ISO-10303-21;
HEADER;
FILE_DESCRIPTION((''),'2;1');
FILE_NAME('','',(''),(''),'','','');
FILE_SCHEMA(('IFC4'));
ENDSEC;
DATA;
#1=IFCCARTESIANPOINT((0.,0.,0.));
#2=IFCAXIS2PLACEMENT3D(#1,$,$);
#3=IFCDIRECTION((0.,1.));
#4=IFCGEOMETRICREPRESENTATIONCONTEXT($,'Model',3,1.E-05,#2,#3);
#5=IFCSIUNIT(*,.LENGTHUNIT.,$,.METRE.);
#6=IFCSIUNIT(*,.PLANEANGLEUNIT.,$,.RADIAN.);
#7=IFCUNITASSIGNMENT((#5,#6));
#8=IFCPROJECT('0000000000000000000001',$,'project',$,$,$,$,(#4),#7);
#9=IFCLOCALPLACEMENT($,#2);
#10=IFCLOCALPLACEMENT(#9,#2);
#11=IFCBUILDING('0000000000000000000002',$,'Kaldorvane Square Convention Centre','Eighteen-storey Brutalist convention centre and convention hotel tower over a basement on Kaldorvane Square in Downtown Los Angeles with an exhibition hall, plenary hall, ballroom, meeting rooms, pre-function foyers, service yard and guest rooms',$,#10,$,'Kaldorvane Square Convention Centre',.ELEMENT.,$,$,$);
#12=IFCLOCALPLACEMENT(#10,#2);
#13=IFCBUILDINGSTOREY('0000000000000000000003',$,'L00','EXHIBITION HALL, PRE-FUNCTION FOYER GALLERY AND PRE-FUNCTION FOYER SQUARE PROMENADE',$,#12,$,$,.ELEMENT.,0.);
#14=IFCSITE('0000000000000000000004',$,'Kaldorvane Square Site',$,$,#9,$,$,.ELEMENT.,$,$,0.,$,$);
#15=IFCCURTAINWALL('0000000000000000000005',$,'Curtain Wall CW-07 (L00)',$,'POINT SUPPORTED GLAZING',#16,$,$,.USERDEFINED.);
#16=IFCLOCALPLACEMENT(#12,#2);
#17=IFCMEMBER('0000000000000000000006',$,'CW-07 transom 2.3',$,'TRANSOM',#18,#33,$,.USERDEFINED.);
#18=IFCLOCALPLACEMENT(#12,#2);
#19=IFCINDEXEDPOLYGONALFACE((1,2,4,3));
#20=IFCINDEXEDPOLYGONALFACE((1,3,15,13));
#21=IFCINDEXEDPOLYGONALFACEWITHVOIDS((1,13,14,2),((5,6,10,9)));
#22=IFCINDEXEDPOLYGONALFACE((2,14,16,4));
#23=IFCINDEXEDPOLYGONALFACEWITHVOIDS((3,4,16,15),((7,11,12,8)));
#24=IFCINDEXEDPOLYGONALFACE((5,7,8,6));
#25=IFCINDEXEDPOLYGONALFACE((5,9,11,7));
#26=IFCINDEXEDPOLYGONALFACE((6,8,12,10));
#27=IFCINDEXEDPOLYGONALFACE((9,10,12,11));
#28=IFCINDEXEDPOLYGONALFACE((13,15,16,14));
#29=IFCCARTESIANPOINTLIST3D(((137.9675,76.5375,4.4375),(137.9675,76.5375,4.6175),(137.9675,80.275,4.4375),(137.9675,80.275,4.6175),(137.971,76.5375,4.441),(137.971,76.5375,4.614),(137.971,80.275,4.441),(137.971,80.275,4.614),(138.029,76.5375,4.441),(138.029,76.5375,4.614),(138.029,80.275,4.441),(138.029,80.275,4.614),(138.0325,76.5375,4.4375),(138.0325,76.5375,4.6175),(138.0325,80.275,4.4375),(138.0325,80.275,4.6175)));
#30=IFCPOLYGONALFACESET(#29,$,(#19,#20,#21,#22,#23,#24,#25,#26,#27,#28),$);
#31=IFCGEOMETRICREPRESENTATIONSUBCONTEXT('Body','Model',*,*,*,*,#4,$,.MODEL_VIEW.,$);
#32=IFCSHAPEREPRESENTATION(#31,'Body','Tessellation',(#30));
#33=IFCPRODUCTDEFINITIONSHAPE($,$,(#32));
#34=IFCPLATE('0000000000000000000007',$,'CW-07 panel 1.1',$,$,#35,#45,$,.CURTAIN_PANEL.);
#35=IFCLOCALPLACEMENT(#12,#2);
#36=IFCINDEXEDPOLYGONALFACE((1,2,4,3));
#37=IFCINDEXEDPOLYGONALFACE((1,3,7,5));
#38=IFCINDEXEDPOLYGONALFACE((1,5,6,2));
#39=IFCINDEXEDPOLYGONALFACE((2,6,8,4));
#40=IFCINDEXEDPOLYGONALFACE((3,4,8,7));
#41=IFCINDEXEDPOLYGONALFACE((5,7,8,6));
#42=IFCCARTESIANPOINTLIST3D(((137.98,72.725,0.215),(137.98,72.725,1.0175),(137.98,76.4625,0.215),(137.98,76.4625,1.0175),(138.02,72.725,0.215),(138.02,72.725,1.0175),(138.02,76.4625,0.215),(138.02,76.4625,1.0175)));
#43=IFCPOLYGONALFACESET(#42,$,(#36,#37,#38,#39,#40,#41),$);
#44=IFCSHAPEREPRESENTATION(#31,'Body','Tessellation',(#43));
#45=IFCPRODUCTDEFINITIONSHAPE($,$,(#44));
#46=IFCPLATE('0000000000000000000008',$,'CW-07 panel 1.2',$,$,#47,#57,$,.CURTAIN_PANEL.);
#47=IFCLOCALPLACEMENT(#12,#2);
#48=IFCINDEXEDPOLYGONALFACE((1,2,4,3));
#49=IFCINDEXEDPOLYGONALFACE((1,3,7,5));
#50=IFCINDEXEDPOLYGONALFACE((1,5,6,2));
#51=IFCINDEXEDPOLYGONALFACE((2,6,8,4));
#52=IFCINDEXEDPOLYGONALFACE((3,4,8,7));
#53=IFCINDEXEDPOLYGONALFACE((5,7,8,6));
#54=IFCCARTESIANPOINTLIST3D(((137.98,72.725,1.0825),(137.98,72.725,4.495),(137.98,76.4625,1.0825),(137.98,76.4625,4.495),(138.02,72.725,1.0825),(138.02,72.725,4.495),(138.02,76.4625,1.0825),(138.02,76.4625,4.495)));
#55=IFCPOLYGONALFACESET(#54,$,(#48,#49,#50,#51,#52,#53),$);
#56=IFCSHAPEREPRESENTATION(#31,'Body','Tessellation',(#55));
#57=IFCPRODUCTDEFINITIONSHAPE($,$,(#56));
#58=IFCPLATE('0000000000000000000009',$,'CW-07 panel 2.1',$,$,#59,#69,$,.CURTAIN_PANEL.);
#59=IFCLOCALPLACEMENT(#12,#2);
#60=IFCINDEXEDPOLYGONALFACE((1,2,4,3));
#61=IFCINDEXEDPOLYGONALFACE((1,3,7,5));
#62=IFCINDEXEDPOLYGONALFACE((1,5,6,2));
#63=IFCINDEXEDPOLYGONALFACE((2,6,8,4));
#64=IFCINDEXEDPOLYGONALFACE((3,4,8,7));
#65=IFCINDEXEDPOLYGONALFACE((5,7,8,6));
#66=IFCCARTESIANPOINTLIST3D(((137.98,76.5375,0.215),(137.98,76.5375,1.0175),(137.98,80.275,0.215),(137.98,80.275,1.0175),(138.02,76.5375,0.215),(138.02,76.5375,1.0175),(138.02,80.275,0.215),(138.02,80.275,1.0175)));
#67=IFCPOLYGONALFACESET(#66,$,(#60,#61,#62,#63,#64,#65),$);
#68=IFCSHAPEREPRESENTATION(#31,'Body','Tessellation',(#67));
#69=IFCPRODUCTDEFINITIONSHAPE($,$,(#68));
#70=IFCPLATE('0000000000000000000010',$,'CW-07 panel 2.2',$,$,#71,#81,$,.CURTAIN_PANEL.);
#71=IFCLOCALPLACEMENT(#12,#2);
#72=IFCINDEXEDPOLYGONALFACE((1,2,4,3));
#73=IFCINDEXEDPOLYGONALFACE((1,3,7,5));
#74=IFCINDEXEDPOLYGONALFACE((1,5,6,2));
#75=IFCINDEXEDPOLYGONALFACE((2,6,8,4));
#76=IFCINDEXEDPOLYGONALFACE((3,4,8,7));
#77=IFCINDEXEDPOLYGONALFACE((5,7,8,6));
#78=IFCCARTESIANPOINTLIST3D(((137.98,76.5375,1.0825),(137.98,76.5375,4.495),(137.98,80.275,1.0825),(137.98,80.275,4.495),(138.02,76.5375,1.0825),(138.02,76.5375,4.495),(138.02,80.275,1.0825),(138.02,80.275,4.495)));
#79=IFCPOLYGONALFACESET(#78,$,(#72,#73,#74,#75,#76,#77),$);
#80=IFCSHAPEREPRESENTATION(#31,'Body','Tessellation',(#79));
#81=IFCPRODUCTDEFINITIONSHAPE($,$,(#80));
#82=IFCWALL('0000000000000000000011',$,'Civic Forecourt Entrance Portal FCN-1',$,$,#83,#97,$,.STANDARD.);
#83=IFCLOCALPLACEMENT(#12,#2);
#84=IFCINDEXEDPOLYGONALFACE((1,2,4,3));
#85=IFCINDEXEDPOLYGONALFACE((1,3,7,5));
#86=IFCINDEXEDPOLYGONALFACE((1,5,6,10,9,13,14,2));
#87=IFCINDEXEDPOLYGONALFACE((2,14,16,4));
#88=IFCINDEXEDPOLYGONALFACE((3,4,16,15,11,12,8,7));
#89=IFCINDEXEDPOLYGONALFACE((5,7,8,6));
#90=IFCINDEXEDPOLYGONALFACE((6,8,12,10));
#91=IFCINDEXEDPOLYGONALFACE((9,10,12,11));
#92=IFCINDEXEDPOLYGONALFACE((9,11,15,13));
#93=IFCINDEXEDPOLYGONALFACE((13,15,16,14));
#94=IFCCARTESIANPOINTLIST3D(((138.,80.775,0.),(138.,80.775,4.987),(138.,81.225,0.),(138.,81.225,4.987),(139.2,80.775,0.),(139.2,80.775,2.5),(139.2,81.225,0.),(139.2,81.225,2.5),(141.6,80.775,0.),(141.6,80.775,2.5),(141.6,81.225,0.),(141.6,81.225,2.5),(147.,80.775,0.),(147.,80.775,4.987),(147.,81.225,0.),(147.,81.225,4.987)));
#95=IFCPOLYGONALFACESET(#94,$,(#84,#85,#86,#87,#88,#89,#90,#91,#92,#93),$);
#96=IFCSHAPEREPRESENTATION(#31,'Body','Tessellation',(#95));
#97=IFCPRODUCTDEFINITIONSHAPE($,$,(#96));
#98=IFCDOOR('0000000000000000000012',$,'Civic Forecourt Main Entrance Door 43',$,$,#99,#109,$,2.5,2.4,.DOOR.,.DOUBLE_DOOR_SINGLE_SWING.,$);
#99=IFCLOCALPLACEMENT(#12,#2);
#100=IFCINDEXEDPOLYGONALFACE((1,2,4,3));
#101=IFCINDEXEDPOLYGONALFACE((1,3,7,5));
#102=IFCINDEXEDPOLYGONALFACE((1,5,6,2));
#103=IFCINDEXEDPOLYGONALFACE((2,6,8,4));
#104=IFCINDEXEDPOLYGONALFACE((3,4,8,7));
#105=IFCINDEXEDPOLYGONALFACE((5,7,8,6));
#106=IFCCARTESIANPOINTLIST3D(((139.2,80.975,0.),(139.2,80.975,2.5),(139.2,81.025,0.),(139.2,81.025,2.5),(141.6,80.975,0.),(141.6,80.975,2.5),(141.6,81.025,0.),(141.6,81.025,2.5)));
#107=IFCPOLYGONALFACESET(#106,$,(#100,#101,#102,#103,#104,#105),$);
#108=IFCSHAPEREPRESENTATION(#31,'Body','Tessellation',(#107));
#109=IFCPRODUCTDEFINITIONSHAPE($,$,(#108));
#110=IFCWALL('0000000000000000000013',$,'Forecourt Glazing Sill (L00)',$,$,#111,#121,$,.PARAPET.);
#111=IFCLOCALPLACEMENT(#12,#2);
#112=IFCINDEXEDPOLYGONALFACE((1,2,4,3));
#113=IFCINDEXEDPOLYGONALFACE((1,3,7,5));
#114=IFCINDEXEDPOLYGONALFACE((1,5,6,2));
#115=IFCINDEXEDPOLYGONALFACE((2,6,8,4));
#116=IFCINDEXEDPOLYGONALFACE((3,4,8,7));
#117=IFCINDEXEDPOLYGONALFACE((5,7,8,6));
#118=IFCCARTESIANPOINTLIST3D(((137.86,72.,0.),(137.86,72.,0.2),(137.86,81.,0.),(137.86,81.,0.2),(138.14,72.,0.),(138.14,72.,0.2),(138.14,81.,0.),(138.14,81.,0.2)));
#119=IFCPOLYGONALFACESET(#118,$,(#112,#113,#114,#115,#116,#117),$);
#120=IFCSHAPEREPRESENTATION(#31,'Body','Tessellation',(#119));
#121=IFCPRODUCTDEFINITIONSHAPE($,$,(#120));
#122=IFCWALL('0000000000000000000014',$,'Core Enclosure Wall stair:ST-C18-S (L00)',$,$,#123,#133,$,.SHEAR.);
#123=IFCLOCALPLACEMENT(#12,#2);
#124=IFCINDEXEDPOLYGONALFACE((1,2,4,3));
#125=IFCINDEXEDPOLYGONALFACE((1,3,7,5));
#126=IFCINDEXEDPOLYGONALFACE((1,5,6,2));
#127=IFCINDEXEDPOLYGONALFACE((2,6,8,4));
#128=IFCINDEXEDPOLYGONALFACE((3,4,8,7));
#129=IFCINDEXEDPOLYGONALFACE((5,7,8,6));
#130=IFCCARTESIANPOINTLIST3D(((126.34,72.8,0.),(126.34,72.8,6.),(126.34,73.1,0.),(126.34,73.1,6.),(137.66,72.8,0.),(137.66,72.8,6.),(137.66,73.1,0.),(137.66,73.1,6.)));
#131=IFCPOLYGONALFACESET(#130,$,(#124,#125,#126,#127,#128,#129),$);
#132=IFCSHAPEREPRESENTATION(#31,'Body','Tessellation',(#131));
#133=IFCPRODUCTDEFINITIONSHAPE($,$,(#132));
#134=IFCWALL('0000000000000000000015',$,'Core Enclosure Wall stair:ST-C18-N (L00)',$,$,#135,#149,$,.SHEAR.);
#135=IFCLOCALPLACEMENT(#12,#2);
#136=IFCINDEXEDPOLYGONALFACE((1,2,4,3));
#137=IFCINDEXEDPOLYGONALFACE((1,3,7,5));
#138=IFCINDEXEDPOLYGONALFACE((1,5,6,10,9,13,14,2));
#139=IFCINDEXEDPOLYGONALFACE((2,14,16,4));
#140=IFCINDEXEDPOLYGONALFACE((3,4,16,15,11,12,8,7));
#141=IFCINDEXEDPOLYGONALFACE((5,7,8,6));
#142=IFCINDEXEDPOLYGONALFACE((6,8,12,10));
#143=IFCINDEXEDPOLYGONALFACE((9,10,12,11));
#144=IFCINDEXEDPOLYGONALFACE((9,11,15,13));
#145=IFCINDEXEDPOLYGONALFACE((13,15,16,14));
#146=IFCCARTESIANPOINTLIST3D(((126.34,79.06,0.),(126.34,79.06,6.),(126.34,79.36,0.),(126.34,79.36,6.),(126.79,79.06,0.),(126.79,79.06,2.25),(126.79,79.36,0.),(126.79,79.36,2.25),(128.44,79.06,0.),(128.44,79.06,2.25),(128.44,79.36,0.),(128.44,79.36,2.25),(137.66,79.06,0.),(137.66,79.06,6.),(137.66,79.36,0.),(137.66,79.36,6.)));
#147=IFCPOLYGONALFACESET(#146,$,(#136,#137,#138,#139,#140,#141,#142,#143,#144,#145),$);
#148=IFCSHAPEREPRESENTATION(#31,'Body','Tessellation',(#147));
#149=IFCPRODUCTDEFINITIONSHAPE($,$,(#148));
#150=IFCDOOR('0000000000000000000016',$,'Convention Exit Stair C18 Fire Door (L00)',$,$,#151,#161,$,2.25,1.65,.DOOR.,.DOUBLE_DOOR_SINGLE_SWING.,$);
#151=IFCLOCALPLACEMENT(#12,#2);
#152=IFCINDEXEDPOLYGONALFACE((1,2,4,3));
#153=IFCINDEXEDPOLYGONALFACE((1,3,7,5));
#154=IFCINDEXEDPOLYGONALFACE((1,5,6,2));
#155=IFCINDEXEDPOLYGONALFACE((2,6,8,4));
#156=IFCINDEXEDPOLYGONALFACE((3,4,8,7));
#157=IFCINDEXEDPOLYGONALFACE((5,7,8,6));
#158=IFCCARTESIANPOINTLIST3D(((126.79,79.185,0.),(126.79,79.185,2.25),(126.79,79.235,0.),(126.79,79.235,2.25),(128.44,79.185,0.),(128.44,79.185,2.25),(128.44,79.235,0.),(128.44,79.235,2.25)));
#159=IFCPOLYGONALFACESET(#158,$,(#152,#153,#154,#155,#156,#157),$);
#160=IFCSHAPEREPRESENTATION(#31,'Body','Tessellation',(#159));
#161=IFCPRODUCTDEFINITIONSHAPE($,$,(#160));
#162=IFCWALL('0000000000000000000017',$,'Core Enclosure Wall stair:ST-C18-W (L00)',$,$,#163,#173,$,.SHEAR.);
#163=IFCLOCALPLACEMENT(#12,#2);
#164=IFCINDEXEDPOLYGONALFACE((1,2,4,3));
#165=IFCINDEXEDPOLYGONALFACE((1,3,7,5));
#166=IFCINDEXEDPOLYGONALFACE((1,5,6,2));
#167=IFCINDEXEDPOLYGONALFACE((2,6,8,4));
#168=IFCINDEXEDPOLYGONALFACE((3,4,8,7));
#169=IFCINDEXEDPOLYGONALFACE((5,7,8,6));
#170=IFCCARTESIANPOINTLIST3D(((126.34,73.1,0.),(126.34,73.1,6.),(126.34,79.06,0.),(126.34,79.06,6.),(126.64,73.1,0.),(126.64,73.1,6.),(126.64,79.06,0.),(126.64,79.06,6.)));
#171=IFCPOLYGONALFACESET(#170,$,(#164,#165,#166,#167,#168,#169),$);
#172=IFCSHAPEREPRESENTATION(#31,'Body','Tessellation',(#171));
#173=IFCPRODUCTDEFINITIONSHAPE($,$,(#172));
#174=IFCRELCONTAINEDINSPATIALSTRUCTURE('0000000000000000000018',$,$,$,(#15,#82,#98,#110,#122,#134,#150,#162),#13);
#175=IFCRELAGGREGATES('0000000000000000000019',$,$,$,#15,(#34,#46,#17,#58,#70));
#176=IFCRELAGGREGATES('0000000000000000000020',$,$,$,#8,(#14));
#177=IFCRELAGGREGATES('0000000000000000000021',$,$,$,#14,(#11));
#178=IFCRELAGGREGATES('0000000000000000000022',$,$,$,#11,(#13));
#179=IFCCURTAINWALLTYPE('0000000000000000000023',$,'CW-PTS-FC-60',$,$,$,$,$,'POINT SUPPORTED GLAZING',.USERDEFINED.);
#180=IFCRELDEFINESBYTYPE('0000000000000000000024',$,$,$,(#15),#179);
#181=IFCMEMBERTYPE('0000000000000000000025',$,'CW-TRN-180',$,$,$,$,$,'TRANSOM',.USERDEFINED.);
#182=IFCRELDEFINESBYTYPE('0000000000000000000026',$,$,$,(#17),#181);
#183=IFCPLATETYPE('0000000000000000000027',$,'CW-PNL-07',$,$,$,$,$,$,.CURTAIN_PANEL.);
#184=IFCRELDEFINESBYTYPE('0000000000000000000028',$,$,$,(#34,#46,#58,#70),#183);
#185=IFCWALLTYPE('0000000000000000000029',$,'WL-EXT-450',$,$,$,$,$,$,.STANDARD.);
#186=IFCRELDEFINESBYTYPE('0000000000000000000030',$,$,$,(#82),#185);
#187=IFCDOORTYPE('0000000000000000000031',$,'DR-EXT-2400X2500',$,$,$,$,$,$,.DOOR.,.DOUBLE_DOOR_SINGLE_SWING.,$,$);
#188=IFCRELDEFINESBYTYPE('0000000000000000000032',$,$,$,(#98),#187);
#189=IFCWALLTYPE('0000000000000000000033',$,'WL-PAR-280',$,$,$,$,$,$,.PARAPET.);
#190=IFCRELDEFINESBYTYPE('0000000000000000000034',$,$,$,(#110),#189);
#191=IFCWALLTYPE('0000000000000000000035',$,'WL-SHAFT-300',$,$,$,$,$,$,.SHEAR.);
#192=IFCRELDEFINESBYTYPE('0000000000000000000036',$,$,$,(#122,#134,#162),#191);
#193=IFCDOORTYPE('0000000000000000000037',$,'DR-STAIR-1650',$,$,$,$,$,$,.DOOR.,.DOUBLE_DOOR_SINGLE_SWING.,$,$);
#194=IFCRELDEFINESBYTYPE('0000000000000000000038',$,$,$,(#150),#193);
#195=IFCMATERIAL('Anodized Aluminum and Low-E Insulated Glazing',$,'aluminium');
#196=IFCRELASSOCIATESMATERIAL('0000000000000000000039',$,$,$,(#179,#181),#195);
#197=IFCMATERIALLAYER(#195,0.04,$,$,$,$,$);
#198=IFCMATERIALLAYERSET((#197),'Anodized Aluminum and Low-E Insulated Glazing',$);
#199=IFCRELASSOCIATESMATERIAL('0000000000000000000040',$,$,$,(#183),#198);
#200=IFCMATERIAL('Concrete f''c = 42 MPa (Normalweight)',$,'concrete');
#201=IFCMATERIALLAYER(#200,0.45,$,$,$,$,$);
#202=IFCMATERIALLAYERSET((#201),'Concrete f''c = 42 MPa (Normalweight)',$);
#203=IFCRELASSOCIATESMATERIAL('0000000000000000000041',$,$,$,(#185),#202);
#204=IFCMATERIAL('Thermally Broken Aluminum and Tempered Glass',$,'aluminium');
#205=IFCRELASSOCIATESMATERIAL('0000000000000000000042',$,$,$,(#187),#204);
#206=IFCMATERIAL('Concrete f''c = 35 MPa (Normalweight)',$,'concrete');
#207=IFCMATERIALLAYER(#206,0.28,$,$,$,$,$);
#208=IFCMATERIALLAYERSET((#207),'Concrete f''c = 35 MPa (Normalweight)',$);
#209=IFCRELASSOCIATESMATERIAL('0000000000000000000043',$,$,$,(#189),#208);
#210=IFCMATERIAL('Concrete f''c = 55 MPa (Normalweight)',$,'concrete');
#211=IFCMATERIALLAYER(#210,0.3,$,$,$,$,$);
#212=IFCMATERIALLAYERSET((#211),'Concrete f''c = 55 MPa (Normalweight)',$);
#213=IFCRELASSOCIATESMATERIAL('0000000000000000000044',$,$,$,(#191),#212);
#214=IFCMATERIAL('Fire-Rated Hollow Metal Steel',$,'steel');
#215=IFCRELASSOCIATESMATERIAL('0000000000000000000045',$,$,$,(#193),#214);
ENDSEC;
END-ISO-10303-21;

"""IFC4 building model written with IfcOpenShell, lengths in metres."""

from ifc_helpers import new_model, si_unit, direction, frame, frame_2d, origin, origin_2d, place, context, subcontext, project, spatial, rectangle, hollow_rectangle, extrude, material, layer, layer_set, material_profile, profile_set, type_object, element, fill, aggregate, save


model = new_model("IFC4")

# Units and contexts
model_context = context("Model", 3, precision=1e-05, world=origin(), true_north=direction((0.0, 1.0)))
body_context = subcontext(model_context, "Body", "Model", "MODEL_VIEW")
ifc_project = project(units=[si_unit("LENGTHUNIT", "METRE"), si_unit("PLANEANGLEUNIT", "RADIAN")], contexts=[model_context])

# Site, building, storey
site_placement = place(None, origin())
site = spatial("IfcSite", under=ifc_project, at=site_placement, Name="Kaldorvane Square Site", CompositionType="ELEMENT", RefElevation=0.0)
building_placement = place(site_placement, origin())
building = spatial("IfcBuilding", under=site, at=building_placement, Name="Kaldorvane Square Convention Centre", Description="Eighteen-storey Brutalist convention centre and convention hotel tower over a basement on Kaldorvane Square in Downtown Los Angeles with an exhibition hall, plenary hall, ballroom, meeting rooms, pre-function foyers, service yard and guest rooms", LongName="Kaldorvane Square Convention Centre", CompositionType="ELEMENT")
storey_placement = place(building_placement, origin())
storey = spatial("IfcBuildingStorey", under=building, at=storey_placement, Name="L00", Description="EXHIBITION HALL, PRE-FUNCTION FOYER GALLERY AND PRE-FUNCTION FOYER SQUARE PROMENADE", CompositionType="ELEMENT", Elevation=0.0)

# Curtain wall, member, plates
ifc_material_1 = material(Name="Anodized Aluminum and Low-E Insulated Glazing", Category="aluminium")
curtain_wall_type = type_object("IfcCurtainWallType", Name="CW-PTS-FC-60", ElementType="POINT SUPPORTED GLAZING", PredefinedType="USERDEFINED", material=ifc_material_1)
curtain_wall_placement = place(storey_placement, origin())
curtain_wall = element("IfcCurtainWall", 1, at=curtain_wall_placement, inside=storey, type_object=curtain_wall_type, Name="Curtain Wall CW-07 (L00)", ObjectType="POINT SUPPORTED GLAZING", PredefinedType="USERDEFINED")
ifc_material_profile_1 = material_profile(ifc_material_1, hollow_rectangle(XDim=0.065, YDim=0.18, WallThickness=0.0035, at=origin_2d()), Name="CWT-180X65")
ifc_profile_set_1 = profile_set([ifc_material_profile_1], Name="Anodized Aluminum and Low-E Insulated Glazing")
member_type_1 = type_object("IfcMemberType", Name="CW-TRN-180", ElementType="TRANSOM", PredefinedType="USERDEFINED", material=ifc_profile_set_1)
member_1_placement = place(storey_placement, frame((138.0, 76.5375, 4.5275), z_axis=(0.0, 1.0, 0.0), x_axis=(-1.0, 0.0, 0.0)))
member_1 = element("IfcMember", 2, at=member_1_placement, type_object=member_type_1, Name="CW-07 transom 2.3", ObjectType="TRANSOM", PredefinedType="USERDEFINED", context=body_context, shape_type="SweptSolid", body=[
    extrude(hollow_rectangle(XDim=0.065, YDim=0.18, WallThickness=0.0035, at=origin_2d()), origin(), (0.0, 0.0, 1.0), 3.7375),
])
ifc_layer_1 = layer(ifc_material_1, 0.04)
ifc_layer_set_1 = layer_set([ifc_layer_1], Name="Anodized Aluminum and Low-E Insulated Glazing")
plate_type = type_object("IfcPlateType", Name="CW-PNL-07", PredefinedType="CURTAIN_PANEL", material=ifc_layer_set_1)
plate_1_placement = place(storey_placement, frame((138.0, 74.5938, 0.215), z_axis=(0.0, 0.0, 1.0), x_axis=(0.0, 1.0, 0.0)))
plate_1 = element("IfcPlate", 3, at=plate_1_placement, type_object=plate_type, Name="CW-07 panel 1.1", PredefinedType="CURTAIN_PANEL", context=body_context, shape_type="SweptSolid", body=[
    extrude(rectangle(XDim=3.7375, YDim=0.04, at=origin_2d()), origin(), (0.0, 0.0, 1.0), 0.8025),
])
plate_2_placement = place(storey_placement, frame((138.0, 74.5938, 1.0825), z_axis=(0.0, 0.0, 1.0), x_axis=(0.0, 1.0, 0.0)))
plate_2 = element("IfcPlate", 4, at=plate_2_placement, type_object=plate_type, Name="CW-07 panel 1.2", PredefinedType="CURTAIN_PANEL", context=body_context, shape_type="SweptSolid", body=[
    extrude(rectangle(XDim=3.7375, YDim=0.04, at=origin_2d()), origin(), (0.0, 0.0, 1.0), 3.4125),
])
plate_3_placement = place(storey_placement, frame((138.0, 78.4062, 0.215), z_axis=(0.0, 0.0, 1.0), x_axis=(0.0, 1.0, 0.0)))
plate_3 = element("IfcPlate", 5, at=plate_3_placement, type_object=plate_type, Name="CW-07 panel 2.1", PredefinedType="CURTAIN_PANEL", context=body_context, shape_type="SweptSolid", body=[
    extrude(rectangle(XDim=3.7375, YDim=0.04, at=origin_2d()), origin(), (0.0, 0.0, 1.0), 0.8025),
])
plate_4_placement = place(storey_placement, frame((138.0, 78.4062, 1.0825), z_axis=(0.0, 0.0, 1.0), x_axis=(0.0, 1.0, 0.0)))
plate_4 = element("IfcPlate", 6, at=plate_4_placement, type_object=plate_type, Name="CW-07 panel 2.2", PredefinedType="CURTAIN_PANEL", context=body_context, shape_type="SweptSolid", body=[
    extrude(rectangle(XDim=3.7375, YDim=0.04, at=origin_2d()), origin(), (0.0, 0.0, 1.0), 3.4125),
])
aggregate(curtain_wall, [plate_1, plate_2, member_1, plate_3, plate_4])

# Wall, opening, door
ifc_material_2 = material(Name="Concrete f'c = 42 MPa (Normalweight)", Category="concrete")
ifc_layer_2 = layer(ifc_material_2, 0.45)
ifc_layer_set_2 = layer_set([ifc_layer_2], Name="Concrete f'c = 42 MPa (Normalweight)")
wall_type_1 = type_object("IfcWallType", Name="WL-EXT-450", PredefinedType="STANDARD", material=ifc_layer_set_2)
wall_1_placement = place(storey_placement, frame((138.0, 81.0, 0.0), z_axis=(0.0, 0.0, 1.0), x_axis=(1.0, 0.0, 0.0)))
wall_1 = element("IfcWall", 7, at=wall_1_placement, inside=storey, type_object=wall_type_1, Name="Civic Forecourt Entrance Portal FCN-1", PredefinedType="STANDARD", context=body_context, shape_type="SweptSolid", body=[
    extrude(rectangle(XDim=9.0, YDim=0.45, at=frame_2d((4.5, 0.0))), origin(), (0.0, 0.0, 1.0), 4.987),
])
opening_1_placement = place(wall_1_placement, frame((1.2, 0.0, 0.0)))
opening_1 = element("IfcOpeningElement", 8, at=opening_1_placement, cuts=wall_1, PredefinedType="OPENING", context=body_context, shape_type="SweptSolid", body=[
    extrude(rectangle(XDim=2.4, YDim=2.5, at=frame_2d((1.2, 1.25))), frame((0.0, 0.24, 0.0), z_axis=(0.0, -1.0, 0.0), x_axis=(1.0, 0.0, 0.0)), (0.0, 0.0, 1.0), 0.48),
])
ifc_material_3 = material(Name="Thermally Broken Aluminum and Tempered Glass", Category="aluminium")
door_type_1 = type_object("IfcDoorType", Name="DR-EXT-2400X2500", OperationType="DOUBLE_DOOR_SINGLE_SWING", PredefinedType="DOOR", material=ifc_material_3)
door_1_placement = place(opening_1_placement, origin())
door_1 = element("IfcDoor", 9, at=door_1_placement, inside=storey, type_object=door_type_1, Name="Civic Forecourt Main Entrance Door 43", OperationType="DOUBLE_DOOR_SINGLE_SWING", OverallHeight=2.5, OverallWidth=2.4, PredefinedType="DOOR", context=body_context, shape_type="SweptSolid", body=[
    extrude(rectangle(XDim=2.4, YDim=2.5, at=frame_2d((1.2, 1.25))), frame((0.0, 0.025, 0.0), z_axis=(0.0, -1.0, 0.0), x_axis=(1.0, 0.0, 0.0)), (0.0, 0.0, 1.0), 0.05),
])
fill(opening_1, door_1)

# Walls
ifc_material_4 = material(Name="Concrete f'c = 35 MPa (Normalweight)", Category="concrete")
ifc_layer_3 = layer(ifc_material_4, 0.28)
ifc_layer_set_3 = layer_set([ifc_layer_3], Name="Concrete f'c = 35 MPa (Normalweight)")
wall_type_2 = type_object("IfcWallType", Name="WL-PAR-280", PredefinedType="PARAPET", material=ifc_layer_set_3)
wall_2_placement = place(storey_placement, frame((138.0, 72.0, 0.0), z_axis=(0.0, 0.0, 1.0), x_axis=(0.0, 1.0, 0.0)))
element("IfcWall", 10, at=wall_2_placement, inside=storey, type_object=wall_type_2, Name="Forecourt Glazing Sill (L00)", PredefinedType="PARAPET", context=body_context, shape_type="SweptSolid", body=[
    extrude(rectangle(XDim=9.0, YDim=0.28, at=frame_2d((4.5, 0.0))), origin(), (0.0, 0.0, 1.0), 0.2),
])
ifc_material_5 = material(Name="Concrete f'c = 55 MPa (Normalweight)", Category="concrete")
ifc_layer_4 = layer(ifc_material_5, 0.3)
ifc_layer_set_4 = layer_set([ifc_layer_4], Name="Concrete f'c = 55 MPa (Normalweight)")
wall_type_3 = type_object("IfcWallType", Name="WL-SHAFT-300", PredefinedType="SHEAR", material=ifc_layer_set_4)
wall_3_placement = place(storey_placement, frame((126.34, 72.95, 0.0), z_axis=(0.0, 0.0, 1.0), x_axis=(1.0, 0.0, 0.0)))
element("IfcWall", 11, at=wall_3_placement, inside=storey, type_object=wall_type_3, Name="Core Enclosure Wall stair:ST-C18-S (L00)", PredefinedType="SHEAR", context=body_context, shape_type="SweptSolid", body=[
    extrude(rectangle(XDim=11.32, YDim=0.3, at=frame_2d((5.66, 0.0))), origin(), (0.0, 0.0, 1.0), 6.0),
])

# Wall, opening, door
wall_4_placement = place(storey_placement, frame((137.66, 79.21, 0.0), z_axis=(0.0, 0.0, 1.0), x_axis=(-1.0, 0.0, 0.0)))
wall_4 = element("IfcWall", 12, at=wall_4_placement, inside=storey, type_object=wall_type_3, Name="Core Enclosure Wall stair:ST-C18-N (L00)", PredefinedType="SHEAR", context=body_context, shape_type="SweptSolid", body=[
    extrude(rectangle(XDim=11.32, YDim=0.3, at=frame_2d((5.66, 0.0))), origin(), (0.0, 0.0, 1.0), 6.0),
])
opening_2_placement = place(wall_4_placement, frame((9.22, 0.0, 0.0)))
opening_2 = element("IfcOpeningElement", 13, at=opening_2_placement, cuts=wall_4, PredefinedType="OPENING", context=body_context, shape_type="SweptSolid", body=[
    extrude(rectangle(XDim=1.65, YDim=2.25, at=frame_2d((0.825, 1.125))), frame((0.0, 0.165, 0.0), z_axis=(0.0, -1.0, 0.0), x_axis=(1.0, 0.0, 0.0)), (0.0, 0.0, 1.0), 0.33),
])
ifc_material_6 = material(Name="Fire-Rated Hollow Metal Steel", Category="steel")
door_type_2 = type_object("IfcDoorType", Name="DR-STAIR-1650", OperationType="DOUBLE_DOOR_SINGLE_SWING", PredefinedType="DOOR", material=ifc_material_6)
door_2_placement = place(opening_2_placement, origin())
door_2 = element("IfcDoor", 14, at=door_2_placement, inside=storey, type_object=door_type_2, Name="Convention Exit Stair C18 Fire Door (L00)", OperationType="DOUBLE_DOOR_SINGLE_SWING", OverallHeight=2.25, OverallWidth=1.65, PredefinedType="DOOR", context=body_context, shape_type="SweptSolid", body=[
    extrude(rectangle(XDim=1.65, YDim=2.25, at=frame_2d((0.825, 1.125))), frame((0.0, 0.025, 0.0), z_axis=(0.0, -1.0, 0.0), x_axis=(1.0, 0.0, 0.0)), (0.0, 0.0, 1.0), 0.05),
])
fill(opening_2, door_2)

# Wall
for number, where, z_axis, x_axis, name in (
    (15, (126.49, 79.06, 0.0), (0.0, 0.0, 1.0), (0.0, -1.0, 0.0), "Core Enclosure Wall stair:ST-C18-W (L00)"),
):
    element("IfcWall", number, at=place(storey_placement, frame(where, z_axis=z_axis, x_axis=x_axis)), inside=storey, type_object=wall_type_3, Name=name, PredefinedType="SHEAR", context=body_context, shape_type="SweptSolid", body=[
        extrude(rectangle(XDim=5.96, YDim=0.3, at=frame_2d((2.98, 0.0))), origin(), (0.0, 0.0, 1.0), 6.0),
    ])

save(model, "model.ifc")
